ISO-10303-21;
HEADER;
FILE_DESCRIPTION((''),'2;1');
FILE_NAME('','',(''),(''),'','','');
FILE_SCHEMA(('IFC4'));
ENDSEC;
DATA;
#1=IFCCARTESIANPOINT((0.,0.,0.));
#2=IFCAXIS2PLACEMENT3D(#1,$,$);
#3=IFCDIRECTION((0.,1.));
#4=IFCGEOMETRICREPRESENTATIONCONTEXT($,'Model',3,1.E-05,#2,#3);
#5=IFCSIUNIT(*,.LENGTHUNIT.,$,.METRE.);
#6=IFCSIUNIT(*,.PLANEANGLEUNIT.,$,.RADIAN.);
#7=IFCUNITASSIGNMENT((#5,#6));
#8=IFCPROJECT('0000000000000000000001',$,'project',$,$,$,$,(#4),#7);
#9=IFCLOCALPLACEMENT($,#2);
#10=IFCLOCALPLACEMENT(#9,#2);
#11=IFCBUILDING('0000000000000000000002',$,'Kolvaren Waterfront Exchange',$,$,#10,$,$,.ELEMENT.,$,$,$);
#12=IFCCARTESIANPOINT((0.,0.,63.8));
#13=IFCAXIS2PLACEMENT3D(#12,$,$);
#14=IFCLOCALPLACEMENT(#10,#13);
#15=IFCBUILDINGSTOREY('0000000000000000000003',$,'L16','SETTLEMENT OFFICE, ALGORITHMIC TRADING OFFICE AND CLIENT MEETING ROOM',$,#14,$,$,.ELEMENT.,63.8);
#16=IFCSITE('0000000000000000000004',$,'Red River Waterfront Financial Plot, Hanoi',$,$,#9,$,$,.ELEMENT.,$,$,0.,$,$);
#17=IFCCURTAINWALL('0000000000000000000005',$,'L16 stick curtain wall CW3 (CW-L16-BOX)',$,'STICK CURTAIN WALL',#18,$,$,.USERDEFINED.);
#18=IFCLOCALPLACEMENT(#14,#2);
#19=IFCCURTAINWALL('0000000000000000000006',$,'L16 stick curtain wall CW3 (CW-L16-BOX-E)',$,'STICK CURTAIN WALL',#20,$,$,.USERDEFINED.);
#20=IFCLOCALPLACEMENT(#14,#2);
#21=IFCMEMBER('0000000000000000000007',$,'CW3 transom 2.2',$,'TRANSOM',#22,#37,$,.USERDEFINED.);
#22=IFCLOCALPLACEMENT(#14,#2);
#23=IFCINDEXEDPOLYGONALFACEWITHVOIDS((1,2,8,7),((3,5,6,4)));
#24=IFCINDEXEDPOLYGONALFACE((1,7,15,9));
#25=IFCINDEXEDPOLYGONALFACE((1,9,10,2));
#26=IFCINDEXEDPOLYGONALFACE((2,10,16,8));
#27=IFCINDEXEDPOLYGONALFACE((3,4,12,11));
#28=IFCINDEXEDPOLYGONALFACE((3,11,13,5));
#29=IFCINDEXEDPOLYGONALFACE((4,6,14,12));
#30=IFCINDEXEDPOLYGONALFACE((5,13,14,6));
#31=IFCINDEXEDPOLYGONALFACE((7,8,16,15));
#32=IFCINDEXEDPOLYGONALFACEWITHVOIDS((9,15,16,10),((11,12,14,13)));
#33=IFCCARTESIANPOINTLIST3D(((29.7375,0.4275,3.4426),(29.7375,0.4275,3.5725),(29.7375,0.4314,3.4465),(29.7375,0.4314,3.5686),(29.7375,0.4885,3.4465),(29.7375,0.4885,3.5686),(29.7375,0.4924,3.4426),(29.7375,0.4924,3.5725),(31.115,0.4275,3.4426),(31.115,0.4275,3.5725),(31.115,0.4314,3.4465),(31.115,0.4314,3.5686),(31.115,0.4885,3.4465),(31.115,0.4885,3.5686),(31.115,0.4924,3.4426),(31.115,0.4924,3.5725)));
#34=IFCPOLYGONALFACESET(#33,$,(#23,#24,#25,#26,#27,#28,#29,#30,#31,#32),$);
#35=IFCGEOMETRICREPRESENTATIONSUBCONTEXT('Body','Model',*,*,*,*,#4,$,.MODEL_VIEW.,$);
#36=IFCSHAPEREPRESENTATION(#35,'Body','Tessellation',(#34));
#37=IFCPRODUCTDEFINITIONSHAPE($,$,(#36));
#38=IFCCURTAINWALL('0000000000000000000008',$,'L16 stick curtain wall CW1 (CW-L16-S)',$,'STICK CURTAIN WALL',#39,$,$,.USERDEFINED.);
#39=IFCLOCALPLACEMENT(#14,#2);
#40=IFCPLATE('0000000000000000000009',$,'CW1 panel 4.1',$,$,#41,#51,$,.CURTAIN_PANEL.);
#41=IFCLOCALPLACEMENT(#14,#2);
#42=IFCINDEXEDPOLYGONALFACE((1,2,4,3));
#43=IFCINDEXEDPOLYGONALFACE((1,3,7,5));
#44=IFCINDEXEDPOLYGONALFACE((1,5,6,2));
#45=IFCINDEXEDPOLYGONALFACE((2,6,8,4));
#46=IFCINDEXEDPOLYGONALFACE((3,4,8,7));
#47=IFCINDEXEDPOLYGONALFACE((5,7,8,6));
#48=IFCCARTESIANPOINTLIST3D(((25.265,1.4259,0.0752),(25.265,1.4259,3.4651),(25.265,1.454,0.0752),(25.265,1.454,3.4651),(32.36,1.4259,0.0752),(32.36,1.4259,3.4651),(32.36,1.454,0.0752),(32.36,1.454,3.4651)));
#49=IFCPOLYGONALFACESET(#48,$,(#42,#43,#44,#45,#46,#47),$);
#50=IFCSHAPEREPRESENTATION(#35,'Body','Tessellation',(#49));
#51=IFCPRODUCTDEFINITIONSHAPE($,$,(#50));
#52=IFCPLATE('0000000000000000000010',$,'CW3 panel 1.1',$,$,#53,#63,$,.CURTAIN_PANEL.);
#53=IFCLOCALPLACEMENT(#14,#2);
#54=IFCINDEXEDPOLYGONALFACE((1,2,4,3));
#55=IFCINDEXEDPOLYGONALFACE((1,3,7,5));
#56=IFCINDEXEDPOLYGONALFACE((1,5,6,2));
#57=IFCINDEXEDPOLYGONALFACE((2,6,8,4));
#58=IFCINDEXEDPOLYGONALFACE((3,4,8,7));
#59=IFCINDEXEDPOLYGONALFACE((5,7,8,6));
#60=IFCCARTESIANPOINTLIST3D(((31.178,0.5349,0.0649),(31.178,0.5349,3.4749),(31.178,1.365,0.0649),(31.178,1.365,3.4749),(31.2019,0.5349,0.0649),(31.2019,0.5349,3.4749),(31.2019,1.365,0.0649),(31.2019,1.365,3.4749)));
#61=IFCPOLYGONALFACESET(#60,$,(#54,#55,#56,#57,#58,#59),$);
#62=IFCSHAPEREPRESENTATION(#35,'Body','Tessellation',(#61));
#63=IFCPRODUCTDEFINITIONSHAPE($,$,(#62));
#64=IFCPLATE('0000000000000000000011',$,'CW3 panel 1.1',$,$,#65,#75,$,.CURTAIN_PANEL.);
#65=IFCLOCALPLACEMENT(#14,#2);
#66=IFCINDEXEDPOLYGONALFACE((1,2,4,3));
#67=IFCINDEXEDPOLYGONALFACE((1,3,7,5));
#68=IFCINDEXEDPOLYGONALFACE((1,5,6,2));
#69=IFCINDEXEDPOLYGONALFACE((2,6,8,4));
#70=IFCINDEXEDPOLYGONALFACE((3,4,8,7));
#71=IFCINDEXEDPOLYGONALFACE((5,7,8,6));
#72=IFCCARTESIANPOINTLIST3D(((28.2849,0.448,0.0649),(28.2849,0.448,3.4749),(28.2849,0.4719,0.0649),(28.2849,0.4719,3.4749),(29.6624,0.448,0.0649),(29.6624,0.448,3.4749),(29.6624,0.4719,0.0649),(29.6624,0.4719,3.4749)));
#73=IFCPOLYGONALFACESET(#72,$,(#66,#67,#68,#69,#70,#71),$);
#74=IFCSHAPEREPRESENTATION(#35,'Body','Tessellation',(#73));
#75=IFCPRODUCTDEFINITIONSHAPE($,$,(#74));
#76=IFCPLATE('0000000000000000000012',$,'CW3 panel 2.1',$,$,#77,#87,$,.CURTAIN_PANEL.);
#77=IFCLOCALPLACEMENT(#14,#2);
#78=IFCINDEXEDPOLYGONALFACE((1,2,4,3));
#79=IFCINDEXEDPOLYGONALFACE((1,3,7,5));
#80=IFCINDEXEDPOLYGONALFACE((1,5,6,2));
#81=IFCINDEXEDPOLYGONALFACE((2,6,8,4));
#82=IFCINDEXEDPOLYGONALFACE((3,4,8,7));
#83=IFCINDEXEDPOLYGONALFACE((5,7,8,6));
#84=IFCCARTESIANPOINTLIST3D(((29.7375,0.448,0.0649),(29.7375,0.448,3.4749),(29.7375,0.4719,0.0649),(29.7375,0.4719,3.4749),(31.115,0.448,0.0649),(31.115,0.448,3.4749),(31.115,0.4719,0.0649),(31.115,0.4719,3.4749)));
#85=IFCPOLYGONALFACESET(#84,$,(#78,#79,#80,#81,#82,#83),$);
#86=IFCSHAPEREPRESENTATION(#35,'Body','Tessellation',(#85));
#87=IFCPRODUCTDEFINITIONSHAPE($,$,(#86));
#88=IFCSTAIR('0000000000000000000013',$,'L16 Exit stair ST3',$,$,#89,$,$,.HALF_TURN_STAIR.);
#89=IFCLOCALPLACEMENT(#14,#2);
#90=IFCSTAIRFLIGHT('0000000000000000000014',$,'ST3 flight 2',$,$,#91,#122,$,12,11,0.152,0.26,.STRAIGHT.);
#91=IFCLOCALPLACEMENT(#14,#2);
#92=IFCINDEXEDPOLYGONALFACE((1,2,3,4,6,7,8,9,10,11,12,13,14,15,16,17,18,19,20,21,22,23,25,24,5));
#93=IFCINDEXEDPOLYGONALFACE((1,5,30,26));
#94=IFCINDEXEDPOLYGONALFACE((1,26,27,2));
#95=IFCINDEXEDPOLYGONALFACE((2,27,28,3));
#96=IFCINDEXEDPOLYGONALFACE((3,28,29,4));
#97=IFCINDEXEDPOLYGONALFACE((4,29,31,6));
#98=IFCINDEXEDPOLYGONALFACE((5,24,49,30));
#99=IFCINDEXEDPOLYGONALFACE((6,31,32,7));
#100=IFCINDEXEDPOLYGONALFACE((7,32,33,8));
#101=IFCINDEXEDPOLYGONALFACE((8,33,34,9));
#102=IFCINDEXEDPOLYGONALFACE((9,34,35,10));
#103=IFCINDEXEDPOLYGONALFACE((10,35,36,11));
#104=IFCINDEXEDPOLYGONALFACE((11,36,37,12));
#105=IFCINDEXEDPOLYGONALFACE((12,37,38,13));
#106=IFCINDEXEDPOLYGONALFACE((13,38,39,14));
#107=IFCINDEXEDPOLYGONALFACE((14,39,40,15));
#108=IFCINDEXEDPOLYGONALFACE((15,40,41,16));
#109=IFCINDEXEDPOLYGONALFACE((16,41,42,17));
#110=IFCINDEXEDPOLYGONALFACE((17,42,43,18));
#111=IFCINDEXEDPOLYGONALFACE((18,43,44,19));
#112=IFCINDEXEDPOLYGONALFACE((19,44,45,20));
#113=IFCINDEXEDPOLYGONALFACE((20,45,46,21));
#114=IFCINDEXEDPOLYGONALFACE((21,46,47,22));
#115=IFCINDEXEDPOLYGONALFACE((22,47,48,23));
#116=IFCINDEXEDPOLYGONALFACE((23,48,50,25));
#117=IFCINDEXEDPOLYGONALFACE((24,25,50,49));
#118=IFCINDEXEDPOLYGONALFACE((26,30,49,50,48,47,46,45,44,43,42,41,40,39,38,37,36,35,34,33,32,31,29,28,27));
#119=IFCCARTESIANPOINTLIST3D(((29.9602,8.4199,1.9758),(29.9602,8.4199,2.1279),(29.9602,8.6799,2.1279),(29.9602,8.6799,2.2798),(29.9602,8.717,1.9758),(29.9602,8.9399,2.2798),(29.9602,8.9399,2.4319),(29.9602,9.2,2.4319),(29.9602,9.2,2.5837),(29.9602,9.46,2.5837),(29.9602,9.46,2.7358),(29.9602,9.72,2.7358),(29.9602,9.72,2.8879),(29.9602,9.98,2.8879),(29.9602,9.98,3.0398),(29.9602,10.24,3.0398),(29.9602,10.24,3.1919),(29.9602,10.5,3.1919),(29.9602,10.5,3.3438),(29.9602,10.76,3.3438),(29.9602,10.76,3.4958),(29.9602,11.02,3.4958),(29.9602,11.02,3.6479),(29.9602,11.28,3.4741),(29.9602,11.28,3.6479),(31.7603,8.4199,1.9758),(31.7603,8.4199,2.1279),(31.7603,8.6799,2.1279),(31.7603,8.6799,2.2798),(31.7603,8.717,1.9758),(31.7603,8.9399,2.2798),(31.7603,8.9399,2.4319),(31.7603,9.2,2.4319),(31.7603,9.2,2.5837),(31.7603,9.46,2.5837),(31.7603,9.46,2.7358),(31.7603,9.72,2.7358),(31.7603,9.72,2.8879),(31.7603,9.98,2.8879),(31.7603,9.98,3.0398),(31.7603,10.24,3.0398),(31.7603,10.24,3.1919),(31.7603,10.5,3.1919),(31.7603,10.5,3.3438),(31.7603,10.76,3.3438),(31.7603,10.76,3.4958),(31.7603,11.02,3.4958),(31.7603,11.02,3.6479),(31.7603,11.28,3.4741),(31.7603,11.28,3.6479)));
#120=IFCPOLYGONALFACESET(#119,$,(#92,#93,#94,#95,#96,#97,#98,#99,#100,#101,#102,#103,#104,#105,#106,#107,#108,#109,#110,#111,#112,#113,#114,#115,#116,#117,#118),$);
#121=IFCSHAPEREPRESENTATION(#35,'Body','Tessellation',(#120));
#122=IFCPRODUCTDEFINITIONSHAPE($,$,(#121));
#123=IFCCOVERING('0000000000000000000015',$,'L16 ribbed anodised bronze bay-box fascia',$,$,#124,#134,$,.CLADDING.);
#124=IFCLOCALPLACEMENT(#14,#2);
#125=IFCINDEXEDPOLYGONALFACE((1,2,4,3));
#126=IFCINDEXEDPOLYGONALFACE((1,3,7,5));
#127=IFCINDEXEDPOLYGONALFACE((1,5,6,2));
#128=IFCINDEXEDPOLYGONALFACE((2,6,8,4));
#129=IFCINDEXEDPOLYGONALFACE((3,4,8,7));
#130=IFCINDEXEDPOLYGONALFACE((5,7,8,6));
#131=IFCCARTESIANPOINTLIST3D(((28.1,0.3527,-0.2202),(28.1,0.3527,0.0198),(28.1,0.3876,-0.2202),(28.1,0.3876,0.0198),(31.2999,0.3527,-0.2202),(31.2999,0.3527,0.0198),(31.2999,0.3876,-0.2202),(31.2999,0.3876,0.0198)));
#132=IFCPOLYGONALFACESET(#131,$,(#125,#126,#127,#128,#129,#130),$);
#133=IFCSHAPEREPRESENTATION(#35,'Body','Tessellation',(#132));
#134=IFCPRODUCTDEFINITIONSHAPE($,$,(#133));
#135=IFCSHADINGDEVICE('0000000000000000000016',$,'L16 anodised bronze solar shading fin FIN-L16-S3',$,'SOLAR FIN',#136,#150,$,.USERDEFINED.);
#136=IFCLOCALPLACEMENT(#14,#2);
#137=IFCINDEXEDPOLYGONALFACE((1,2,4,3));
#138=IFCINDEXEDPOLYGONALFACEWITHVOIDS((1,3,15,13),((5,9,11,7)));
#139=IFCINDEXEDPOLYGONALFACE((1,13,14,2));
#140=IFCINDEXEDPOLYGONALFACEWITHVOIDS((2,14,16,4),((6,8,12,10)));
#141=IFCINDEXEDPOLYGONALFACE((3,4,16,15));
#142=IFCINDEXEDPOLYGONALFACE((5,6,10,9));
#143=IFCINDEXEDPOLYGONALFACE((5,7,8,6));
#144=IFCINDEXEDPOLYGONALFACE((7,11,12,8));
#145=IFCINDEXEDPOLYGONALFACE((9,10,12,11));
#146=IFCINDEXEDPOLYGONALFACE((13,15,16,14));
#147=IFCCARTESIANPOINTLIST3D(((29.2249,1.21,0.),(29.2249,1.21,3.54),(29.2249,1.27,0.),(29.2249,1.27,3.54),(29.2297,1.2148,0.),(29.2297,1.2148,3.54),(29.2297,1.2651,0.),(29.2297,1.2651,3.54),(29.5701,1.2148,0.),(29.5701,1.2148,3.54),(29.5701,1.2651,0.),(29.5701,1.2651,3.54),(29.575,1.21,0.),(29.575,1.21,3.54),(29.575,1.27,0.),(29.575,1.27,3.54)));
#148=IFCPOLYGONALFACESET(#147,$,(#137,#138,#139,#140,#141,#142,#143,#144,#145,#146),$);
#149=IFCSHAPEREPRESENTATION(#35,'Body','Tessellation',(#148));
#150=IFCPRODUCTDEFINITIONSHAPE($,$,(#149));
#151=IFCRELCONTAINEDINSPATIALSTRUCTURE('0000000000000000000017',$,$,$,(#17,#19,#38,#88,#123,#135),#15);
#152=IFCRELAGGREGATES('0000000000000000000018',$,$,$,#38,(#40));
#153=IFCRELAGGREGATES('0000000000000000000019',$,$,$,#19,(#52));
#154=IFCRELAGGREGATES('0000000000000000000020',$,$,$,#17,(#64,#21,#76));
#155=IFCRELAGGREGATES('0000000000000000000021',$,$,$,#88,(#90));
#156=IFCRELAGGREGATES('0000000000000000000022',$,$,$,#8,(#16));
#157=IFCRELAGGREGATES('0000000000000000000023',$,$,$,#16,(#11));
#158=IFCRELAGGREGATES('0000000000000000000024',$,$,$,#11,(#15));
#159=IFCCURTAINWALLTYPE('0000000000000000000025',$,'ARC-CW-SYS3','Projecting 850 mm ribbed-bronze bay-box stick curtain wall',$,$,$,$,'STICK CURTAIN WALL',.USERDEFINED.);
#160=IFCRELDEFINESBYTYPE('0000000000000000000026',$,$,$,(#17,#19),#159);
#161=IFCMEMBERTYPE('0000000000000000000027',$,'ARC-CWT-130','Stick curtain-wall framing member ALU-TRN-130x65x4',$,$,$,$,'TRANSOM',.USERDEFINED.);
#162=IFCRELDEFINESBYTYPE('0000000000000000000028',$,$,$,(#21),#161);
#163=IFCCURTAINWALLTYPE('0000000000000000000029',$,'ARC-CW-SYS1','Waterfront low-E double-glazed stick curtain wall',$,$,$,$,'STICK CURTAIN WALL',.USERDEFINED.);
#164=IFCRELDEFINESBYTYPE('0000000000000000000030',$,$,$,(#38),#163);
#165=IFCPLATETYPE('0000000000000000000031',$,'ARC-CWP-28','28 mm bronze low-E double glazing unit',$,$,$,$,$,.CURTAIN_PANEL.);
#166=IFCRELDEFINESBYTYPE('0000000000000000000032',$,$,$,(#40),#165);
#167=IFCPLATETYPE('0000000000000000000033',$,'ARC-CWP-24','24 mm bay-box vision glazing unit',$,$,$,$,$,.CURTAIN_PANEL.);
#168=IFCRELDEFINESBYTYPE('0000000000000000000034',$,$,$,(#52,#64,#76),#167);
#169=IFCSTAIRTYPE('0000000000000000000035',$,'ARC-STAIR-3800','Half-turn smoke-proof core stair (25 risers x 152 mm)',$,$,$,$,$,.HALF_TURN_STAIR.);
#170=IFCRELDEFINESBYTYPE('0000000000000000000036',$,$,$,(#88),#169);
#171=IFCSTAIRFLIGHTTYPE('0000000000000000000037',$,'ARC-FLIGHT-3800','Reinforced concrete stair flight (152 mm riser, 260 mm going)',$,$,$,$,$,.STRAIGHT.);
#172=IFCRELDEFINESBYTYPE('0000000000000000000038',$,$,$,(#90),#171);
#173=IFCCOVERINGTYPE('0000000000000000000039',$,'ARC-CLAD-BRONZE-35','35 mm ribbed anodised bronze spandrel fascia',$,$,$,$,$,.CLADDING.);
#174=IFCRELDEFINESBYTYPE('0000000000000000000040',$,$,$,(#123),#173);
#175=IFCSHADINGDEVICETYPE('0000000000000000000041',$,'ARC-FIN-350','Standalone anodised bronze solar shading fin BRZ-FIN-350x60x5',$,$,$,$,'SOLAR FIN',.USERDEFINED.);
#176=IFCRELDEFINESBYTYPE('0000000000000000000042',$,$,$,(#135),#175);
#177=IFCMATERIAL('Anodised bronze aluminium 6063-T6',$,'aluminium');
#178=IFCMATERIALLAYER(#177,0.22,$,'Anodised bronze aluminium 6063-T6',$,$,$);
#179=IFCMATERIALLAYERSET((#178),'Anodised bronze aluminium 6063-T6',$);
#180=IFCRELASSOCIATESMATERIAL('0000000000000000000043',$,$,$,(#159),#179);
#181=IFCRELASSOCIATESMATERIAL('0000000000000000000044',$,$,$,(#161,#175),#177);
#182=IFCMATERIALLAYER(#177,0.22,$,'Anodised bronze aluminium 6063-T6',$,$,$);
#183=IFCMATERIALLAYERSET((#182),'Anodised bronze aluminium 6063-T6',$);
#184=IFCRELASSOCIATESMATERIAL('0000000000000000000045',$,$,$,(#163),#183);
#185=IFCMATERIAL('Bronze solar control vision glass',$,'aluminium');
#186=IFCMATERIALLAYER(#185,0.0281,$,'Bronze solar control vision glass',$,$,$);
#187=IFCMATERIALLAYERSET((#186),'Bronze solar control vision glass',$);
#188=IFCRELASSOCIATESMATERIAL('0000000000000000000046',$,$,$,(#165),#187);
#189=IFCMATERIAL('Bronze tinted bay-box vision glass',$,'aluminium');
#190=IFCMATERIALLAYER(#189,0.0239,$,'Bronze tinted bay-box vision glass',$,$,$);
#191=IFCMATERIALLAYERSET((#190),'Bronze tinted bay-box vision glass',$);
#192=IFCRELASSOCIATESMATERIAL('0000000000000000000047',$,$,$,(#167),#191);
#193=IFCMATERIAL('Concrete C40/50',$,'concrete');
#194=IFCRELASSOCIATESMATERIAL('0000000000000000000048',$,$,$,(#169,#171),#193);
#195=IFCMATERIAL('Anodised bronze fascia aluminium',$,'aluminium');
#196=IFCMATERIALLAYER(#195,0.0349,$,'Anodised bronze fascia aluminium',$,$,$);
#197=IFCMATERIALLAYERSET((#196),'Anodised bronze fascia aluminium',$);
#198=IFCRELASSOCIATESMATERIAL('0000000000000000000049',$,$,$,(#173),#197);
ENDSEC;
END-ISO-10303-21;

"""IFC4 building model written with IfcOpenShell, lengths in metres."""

from ifc_helpers import new_model, si_unit, direction, frame, origin, origin_with_axes, origin_2d, place, context, subcontext, project, spatial, polyline, rectangle, hollow_rectangle, outline, extrude, source, transform, mapped, material, layer, layer_set, material_profile, profile_set, type_object, element, aggregate, save


model = new_model("IFC4")

# Units and contexts
model_context = context("Model", 3, precision=1e-05, world=origin(), true_north=direction((0.0, 1.0)))
body_context = subcontext(model_context, "Body", "Model", "MODEL_VIEW")
ifc_project = project(units=[si_unit("LENGTHUNIT", "METRE"), si_unit("PLANEANGLEUNIT", "RADIAN")], contexts=[model_context])

# Site, building, storey
site_placement = place(None, origin())
site = spatial("IfcSite", under=ifc_project, at=site_placement, Name="Red River Waterfront Financial Plot, Hanoi", CompositionType="ELEMENT", RefElevation=0.0)
building_placement = place(site_placement, origin())
building = spatial("IfcBuilding", under=site, at=building_placement, Name="Kolvaren Waterfront Exchange", CompositionType="ELEMENT")
storey_placement = place(building_placement, frame((0.0, 0.0, 63.8)))
storey = spatial("IfcBuildingStorey", under=building, at=storey_placement, Name="L16", Description="SETTLEMENT OFFICE, ALGORITHMIC TRADING OFFICE AND CLIENT MEETING ROOM", CompositionType="ELEMENT", Elevation=63.8)

# Curtain walls
ifc_material_1 = material(Name="Anodised bronze aluminium 6063-T6", Category="aluminium")
ifc_layer_1 = layer(ifc_material_1, 0.22, Name="Anodised bronze aluminium 6063-T6")
ifc_layer_set_1 = layer_set([ifc_layer_1], Name="Anodised bronze aluminium 6063-T6")
curtain_wall_type_1 = type_object("IfcCurtainWallType", Name="ARC-CW-SYS3", Description="Projecting 850 mm ribbed-bronze bay-box stick curtain wall", ElementType="STICK CURTAIN WALL", PredefinedType="USERDEFINED", material=ifc_layer_set_1)
curtain_wall_1_placement = place(storey_placement, origin())
curtain_wall_1 = element("IfcCurtainWall", 1, at=curtain_wall_1_placement, inside=storey, type_object=curtain_wall_type_1, Name="L16 stick curtain wall CW3 (CW-L16-BOX)", ObjectType="STICK CURTAIN WALL", PredefinedType="USERDEFINED")
curtain_wall_2_placement = place(storey_placement, origin())
curtain_wall_2 = element("IfcCurtainWall", 2, at=curtain_wall_2_placement, inside=storey, type_object=curtain_wall_type_1, Name="L16 stick curtain wall CW3 (CW-L16-BOX-E)", ObjectType="STICK CURTAIN WALL", PredefinedType="USERDEFINED")
ifc_material_profile_1 = material_profile(ifc_material_1, hollow_rectangle(XDim=0.0649, YDim=0.1299, WallThickness=0.0039, at=origin_2d()), Name="ALU-TRN-130x65x4")
ifc_profile_set_1 = profile_set([ifc_material_profile_1], Name="Anodised bronze aluminium 6063-T6")
member_type_1 = type_object("IfcMemberType", Name="ARC-CWT-130", Description="Stick curtain-wall framing member ALU-TRN-130x65x4", ElementType="TRANSOM", PredefinedType="USERDEFINED", material=ifc_profile_set_1)

# Member
shared_shape_1 = source(origin_with_axes(), body_context, "Body", "SweptSolid", [
    extrude(hollow_rectangle(XDim=0.0649, YDim=0.1299, WallThickness=0.0039, at=origin_2d()), origin(), (0.0, 0.0, 1.0), 1.3774),
])
member_1_placement = place(storey_placement, frame((29.7375, 0.46, 3.5076), z_axis=(1.0, 0.0, 0.0), x_axis=(0.0, 1.0, 0.0)))
member_1 = element("IfcMember", 3, at=member_1_placement, type_object=member_type_1, Name="CW3 transom 2.2", ObjectType="TRANSOM", PredefinedType="USERDEFINED", context=body_context, shape_type="MappedRepresentation", body=[
    mapped(shared_shape_1, transform((0.0, 0.0, 0.0), x_axis=(1.0, 0.0, 0.0), y_axis=(0.0, 1.0, 0.0), z_axis=(0.0, 0.0, 1.0), scale=1.0)),
])

# Curtain wall, plate
ifc_layer_2 = layer(ifc_material_1, 0.22, Name="Anodised bronze aluminium 6063-T6")
ifc_layer_set_2 = layer_set([ifc_layer_2], Name="Anodised bronze aluminium 6063-T6")
curtain_wall_type_2 = type_object("IfcCurtainWallType", Name="ARC-CW-SYS1", Description="Waterfront low-E double-glazed stick curtain wall", ElementType="STICK CURTAIN WALL", PredefinedType="USERDEFINED", material=ifc_layer_set_2)
curtain_wall_3_placement = place(storey_placement, origin())
curtain_wall_3 = element("IfcCurtainWall", 4, at=curtain_wall_3_placement, inside=storey, type_object=curtain_wall_type_2, Name="L16 stick curtain wall CW1 (CW-L16-S)", ObjectType="STICK CURTAIN WALL", PredefinedType="USERDEFINED")
ifc_material_2 = material(Name="Bronze solar control vision glass", Category="aluminium")
ifc_layer_3 = layer(ifc_material_2, 0.0281, Name="Bronze solar control vision glass")
ifc_layer_set_3 = layer_set([ifc_layer_3], Name="Bronze solar control vision glass")
plate_type_1 = type_object("IfcPlateType", Name="ARC-CWP-28", Description="28 mm bronze low-E double glazing unit", PredefinedType="CURTAIN_PANEL", material=ifc_layer_set_3)
shared_shape_2 = source(origin_with_axes(), body_context, "Body", "SweptSolid", [
    extrude(rectangle(XDim=7.095, YDim=0.0281, at=origin_2d()), origin(), (0.0, 0.0, 1.0), 3.3899),
])
plate_1_placement = place(storey_placement, frame((28.8125, 1.4399, 0.0752), z_axis=(0.0, 0.0, 1.0), x_axis=(1.0, 0.0, 0.0)))
plate_1 = element("IfcPlate", 5, at=plate_1_placement, type_object=plate_type_1, Name="CW1 panel 4.1", PredefinedType="CURTAIN_PANEL", context=body_context, shape_type="MappedRepresentation", body=[
    mapped(shared_shape_2, transform((0.0, 0.0, 0.0), x_axis=(1.0, 0.0, 0.0), y_axis=(0.0, 1.0, 0.0), z_axis=(0.0, 0.0, 1.0), scale=1.0)),
])
aggregate(curtain_wall_3, [plate_1])

# Plates
ifc_material_3 = material(Name="Bronze tinted bay-box vision glass", Category="aluminium")
ifc_layer_4 = layer(ifc_material_3, 0.0239, Name="Bronze tinted bay-box vision glass")
ifc_layer_set_4 = layer_set([ifc_layer_4], Name="Bronze tinted bay-box vision glass")
plate_type_2 = type_object("IfcPlateType", Name="ARC-CWP-24", Description="24 mm bay-box vision glazing unit", PredefinedType="CURTAIN_PANEL", material=ifc_layer_set_4)
shared_shape_3 = source(origin_with_axes(), body_context, "Body", "SweptSolid", [
    extrude(rectangle(XDim=0.8301, YDim=0.0239, at=origin_2d()), origin(), (0.0, 0.0, 1.0), 3.4099),
])
plate_2_placement = place(storey_placement, frame((31.1899, 0.95, 0.0649), z_axis=(0.0, 0.0, 1.0), x_axis=(0.0, 1.0, 0.0)))
plate_2 = element("IfcPlate", 6, at=plate_2_placement, type_object=plate_type_2, Name="CW3 panel 1.1", PredefinedType="CURTAIN_PANEL", context=body_context, shape_type="MappedRepresentation", body=[
    mapped(shared_shape_3, transform((0.0, 0.0, 0.0), x_axis=(1.0, 0.0, 0.0), y_axis=(0.0, 1.0, 0.0), z_axis=(0.0, 0.0, 1.0), scale=1.0)),
])
aggregate(curtain_wall_2, [plate_2])
shared_shape_4 = source(origin_with_axes(), body_context, "Body", "SweptSolid", [
    extrude(rectangle(XDim=1.3774, YDim=0.0239, at=origin_2d()), origin(), (0.0, 0.0, 1.0), 3.4099),
])
plate_3_placement = place(storey_placement, frame((28.9736, 0.46, 0.0649), z_axis=(0.0, 0.0, 1.0), x_axis=(1.0, 0.0, 0.0)))
plate_3 = element("IfcPlate", 7, at=plate_3_placement, type_object=plate_type_2, Name="CW3 panel 1.1", PredefinedType="CURTAIN_PANEL", context=body_context, shape_type="MappedRepresentation", body=[
    mapped(shared_shape_4, transform((0.0, 0.0, 0.0), x_axis=(1.0, 0.0, 0.0), y_axis=(0.0, 1.0, 0.0), z_axis=(0.0, 0.0, 1.0), scale=1.0)),
])
plate_4_placement = place(storey_placement, frame((30.4263, 0.46, 0.0649), z_axis=(0.0, 0.0, 1.0), x_axis=(1.0, 0.0, 0.0)))
plate_4 = element("IfcPlate", 8, at=plate_4_placement, type_object=plate_type_2, Name="CW3 panel 2.1", PredefinedType="CURTAIN_PANEL", context=body_context, shape_type="MappedRepresentation", body=[
    mapped(shared_shape_4, transform((0.0, 0.0, 0.0), x_axis=(1.0, 0.0, 0.0), y_axis=(0.0, 1.0, 0.0), z_axis=(0.0, 0.0, 1.0), scale=1.0)),
])
aggregate(curtain_wall_1, [plate_3, member_1, plate_4])

# Stair, stair flight
ifc_material_4 = material(Name="Concrete C40/50", Category="concrete")
stair_type = type_object("IfcStairType", Name="ARC-STAIR-3800", Description="Half-turn smoke-proof core stair (25 risers x 152 mm)", PredefinedType="HALF_TURN_STAIR", material=ifc_material_4)
stair_placement = place(storey_placement, origin())
stair = element("IfcStair", 9, at=stair_placement, inside=storey, type_object=stair_type, Name="L16 Exit stair ST3", PredefinedType="HALF_TURN_STAIR")
stair_flight_type = type_object("IfcStairFlightType", Name="ARC-FLIGHT-3800", Description="Reinforced concrete stair flight (152 mm riser, 260 mm going)", PredefinedType="STRAIGHT", material=ifc_material_4)
stair_flight_placement = place(storey_placement, frame((30.8601, 8.4199, 1.9758), z_axis=(0.0, 0.0, 1.0), x_axis=(0.0, 1.0, 0.0)))
stair_flight = element("IfcStairFlight", 10, at=stair_flight_placement, type_object=stair_flight_type, Name="ST3 flight 2", NumberOfRisers=12, NumberOfTreads=11, PredefinedType="STRAIGHT", RiserHeight=0.152, TreadLength=0.26, context=body_context, shape_type="SweptSolid", body=[
    extrude(outline(polyline([(0.0, 0.0), (0.0, 0.1521), (0.26, 0.1521), (0.26, 0.304), (0.52, 0.304), (0.52, 0.4561), (0.78, 0.4561), (0.78, 0.6079), (1.04, 0.6079), (1.04, 0.76), (1.3, 0.76), (1.3, 0.9121), (1.5601, 0.9121), (1.5601, 1.064), (1.8201, 1.064), (1.8201, 1.2161), (2.0801, 1.2161), (2.0801, 1.3679), (2.3401, 1.3679), (2.3401, 1.52), (2.6001, 1.52), (2.6001, 1.6721), (2.8601, 1.6721), (2.8601, 1.824), (2.8601, 1.4983), (0.2971, 0.0), (0.0, 0.0)])), frame((0.0, 0.8999, 0.0), z_axis=(0.0, -1.0, 0.0), x_axis=(1.0, 0.0, 0.0)), (0.0, 0.0, 1.0), 1.8),
])
aggregate(stair, [stair_flight])

# Covering
ifc_material_5 = material(Name="Anodised bronze fascia aluminium", Category="aluminium")
ifc_layer_5 = layer(ifc_material_5, 0.0349, Name="Anodised bronze fascia aluminium")
ifc_layer_set_5 = layer_set([ifc_layer_5], Name="Anodised bronze fascia aluminium")
covering_type = type_object("IfcCoveringType", Name="ARC-CLAD-BRONZE-35", Description="35 mm ribbed anodised bronze spandrel fascia", PredefinedType="CLADDING", material=ifc_layer_set_5)
covering_placement = place(storey_placement, frame((29.7, 0.3701, -0.2202), z_axis=(0.0, 0.0, 1.0), x_axis=(1.0, 0.0, 0.0)))
element("IfcCovering", 11, at=covering_placement, inside=storey, type_object=covering_type, Name="L16 ribbed anodised bronze bay-box fascia", PredefinedType="CLADDING", context=body_context, shape_type="SweptSolid", body=[
    extrude(rectangle(XDim=3.2, YDim=0.0349, at=origin_2d()), origin(), (0.0, 0.0, 1.0), 0.24),
])

# Shading device
ifc_material_profile_2 = material_profile(ifc_material_1, hollow_rectangle(XDim=0.0601, YDim=0.3501, WallThickness=0.0049, at=origin_2d()), Name="BRZ-FIN-350x60x5")
ifc_profile_set_2 = profile_set([ifc_material_profile_2], Name="Anodised bronze aluminium 6063-T6")
shading_device_type = type_object("IfcShadingDeviceType", Name="ARC-FIN-350", Description="Standalone anodised bronze solar shading fin BRZ-FIN-350x60x5", ElementType="SOLAR FIN", PredefinedType="USERDEFINED", material=ifc_profile_set_2)
shading_device_placement = place(storey_placement, frame((29.3999, 1.24, 0.0), z_axis=(0.0, 0.0, 1.0), x_axis=(0.0, -1.0, 0.0)))
element("IfcShadingDevice", 12, at=shading_device_placement, inside=storey, type_object=shading_device_type, Name="L16 anodised bronze solar shading fin FIN-L16-S3", ObjectType="SOLAR FIN", PredefinedType="USERDEFINED", context=body_context, shape_type="SweptSolid", body=[
    extrude(hollow_rectangle(XDim=0.0601, YDim=0.3501, WallThickness=0.0049, at=origin_2d()), origin(), (0.0, 0.0, 1.0), 3.54),
])

save(model, "model.ifc")
